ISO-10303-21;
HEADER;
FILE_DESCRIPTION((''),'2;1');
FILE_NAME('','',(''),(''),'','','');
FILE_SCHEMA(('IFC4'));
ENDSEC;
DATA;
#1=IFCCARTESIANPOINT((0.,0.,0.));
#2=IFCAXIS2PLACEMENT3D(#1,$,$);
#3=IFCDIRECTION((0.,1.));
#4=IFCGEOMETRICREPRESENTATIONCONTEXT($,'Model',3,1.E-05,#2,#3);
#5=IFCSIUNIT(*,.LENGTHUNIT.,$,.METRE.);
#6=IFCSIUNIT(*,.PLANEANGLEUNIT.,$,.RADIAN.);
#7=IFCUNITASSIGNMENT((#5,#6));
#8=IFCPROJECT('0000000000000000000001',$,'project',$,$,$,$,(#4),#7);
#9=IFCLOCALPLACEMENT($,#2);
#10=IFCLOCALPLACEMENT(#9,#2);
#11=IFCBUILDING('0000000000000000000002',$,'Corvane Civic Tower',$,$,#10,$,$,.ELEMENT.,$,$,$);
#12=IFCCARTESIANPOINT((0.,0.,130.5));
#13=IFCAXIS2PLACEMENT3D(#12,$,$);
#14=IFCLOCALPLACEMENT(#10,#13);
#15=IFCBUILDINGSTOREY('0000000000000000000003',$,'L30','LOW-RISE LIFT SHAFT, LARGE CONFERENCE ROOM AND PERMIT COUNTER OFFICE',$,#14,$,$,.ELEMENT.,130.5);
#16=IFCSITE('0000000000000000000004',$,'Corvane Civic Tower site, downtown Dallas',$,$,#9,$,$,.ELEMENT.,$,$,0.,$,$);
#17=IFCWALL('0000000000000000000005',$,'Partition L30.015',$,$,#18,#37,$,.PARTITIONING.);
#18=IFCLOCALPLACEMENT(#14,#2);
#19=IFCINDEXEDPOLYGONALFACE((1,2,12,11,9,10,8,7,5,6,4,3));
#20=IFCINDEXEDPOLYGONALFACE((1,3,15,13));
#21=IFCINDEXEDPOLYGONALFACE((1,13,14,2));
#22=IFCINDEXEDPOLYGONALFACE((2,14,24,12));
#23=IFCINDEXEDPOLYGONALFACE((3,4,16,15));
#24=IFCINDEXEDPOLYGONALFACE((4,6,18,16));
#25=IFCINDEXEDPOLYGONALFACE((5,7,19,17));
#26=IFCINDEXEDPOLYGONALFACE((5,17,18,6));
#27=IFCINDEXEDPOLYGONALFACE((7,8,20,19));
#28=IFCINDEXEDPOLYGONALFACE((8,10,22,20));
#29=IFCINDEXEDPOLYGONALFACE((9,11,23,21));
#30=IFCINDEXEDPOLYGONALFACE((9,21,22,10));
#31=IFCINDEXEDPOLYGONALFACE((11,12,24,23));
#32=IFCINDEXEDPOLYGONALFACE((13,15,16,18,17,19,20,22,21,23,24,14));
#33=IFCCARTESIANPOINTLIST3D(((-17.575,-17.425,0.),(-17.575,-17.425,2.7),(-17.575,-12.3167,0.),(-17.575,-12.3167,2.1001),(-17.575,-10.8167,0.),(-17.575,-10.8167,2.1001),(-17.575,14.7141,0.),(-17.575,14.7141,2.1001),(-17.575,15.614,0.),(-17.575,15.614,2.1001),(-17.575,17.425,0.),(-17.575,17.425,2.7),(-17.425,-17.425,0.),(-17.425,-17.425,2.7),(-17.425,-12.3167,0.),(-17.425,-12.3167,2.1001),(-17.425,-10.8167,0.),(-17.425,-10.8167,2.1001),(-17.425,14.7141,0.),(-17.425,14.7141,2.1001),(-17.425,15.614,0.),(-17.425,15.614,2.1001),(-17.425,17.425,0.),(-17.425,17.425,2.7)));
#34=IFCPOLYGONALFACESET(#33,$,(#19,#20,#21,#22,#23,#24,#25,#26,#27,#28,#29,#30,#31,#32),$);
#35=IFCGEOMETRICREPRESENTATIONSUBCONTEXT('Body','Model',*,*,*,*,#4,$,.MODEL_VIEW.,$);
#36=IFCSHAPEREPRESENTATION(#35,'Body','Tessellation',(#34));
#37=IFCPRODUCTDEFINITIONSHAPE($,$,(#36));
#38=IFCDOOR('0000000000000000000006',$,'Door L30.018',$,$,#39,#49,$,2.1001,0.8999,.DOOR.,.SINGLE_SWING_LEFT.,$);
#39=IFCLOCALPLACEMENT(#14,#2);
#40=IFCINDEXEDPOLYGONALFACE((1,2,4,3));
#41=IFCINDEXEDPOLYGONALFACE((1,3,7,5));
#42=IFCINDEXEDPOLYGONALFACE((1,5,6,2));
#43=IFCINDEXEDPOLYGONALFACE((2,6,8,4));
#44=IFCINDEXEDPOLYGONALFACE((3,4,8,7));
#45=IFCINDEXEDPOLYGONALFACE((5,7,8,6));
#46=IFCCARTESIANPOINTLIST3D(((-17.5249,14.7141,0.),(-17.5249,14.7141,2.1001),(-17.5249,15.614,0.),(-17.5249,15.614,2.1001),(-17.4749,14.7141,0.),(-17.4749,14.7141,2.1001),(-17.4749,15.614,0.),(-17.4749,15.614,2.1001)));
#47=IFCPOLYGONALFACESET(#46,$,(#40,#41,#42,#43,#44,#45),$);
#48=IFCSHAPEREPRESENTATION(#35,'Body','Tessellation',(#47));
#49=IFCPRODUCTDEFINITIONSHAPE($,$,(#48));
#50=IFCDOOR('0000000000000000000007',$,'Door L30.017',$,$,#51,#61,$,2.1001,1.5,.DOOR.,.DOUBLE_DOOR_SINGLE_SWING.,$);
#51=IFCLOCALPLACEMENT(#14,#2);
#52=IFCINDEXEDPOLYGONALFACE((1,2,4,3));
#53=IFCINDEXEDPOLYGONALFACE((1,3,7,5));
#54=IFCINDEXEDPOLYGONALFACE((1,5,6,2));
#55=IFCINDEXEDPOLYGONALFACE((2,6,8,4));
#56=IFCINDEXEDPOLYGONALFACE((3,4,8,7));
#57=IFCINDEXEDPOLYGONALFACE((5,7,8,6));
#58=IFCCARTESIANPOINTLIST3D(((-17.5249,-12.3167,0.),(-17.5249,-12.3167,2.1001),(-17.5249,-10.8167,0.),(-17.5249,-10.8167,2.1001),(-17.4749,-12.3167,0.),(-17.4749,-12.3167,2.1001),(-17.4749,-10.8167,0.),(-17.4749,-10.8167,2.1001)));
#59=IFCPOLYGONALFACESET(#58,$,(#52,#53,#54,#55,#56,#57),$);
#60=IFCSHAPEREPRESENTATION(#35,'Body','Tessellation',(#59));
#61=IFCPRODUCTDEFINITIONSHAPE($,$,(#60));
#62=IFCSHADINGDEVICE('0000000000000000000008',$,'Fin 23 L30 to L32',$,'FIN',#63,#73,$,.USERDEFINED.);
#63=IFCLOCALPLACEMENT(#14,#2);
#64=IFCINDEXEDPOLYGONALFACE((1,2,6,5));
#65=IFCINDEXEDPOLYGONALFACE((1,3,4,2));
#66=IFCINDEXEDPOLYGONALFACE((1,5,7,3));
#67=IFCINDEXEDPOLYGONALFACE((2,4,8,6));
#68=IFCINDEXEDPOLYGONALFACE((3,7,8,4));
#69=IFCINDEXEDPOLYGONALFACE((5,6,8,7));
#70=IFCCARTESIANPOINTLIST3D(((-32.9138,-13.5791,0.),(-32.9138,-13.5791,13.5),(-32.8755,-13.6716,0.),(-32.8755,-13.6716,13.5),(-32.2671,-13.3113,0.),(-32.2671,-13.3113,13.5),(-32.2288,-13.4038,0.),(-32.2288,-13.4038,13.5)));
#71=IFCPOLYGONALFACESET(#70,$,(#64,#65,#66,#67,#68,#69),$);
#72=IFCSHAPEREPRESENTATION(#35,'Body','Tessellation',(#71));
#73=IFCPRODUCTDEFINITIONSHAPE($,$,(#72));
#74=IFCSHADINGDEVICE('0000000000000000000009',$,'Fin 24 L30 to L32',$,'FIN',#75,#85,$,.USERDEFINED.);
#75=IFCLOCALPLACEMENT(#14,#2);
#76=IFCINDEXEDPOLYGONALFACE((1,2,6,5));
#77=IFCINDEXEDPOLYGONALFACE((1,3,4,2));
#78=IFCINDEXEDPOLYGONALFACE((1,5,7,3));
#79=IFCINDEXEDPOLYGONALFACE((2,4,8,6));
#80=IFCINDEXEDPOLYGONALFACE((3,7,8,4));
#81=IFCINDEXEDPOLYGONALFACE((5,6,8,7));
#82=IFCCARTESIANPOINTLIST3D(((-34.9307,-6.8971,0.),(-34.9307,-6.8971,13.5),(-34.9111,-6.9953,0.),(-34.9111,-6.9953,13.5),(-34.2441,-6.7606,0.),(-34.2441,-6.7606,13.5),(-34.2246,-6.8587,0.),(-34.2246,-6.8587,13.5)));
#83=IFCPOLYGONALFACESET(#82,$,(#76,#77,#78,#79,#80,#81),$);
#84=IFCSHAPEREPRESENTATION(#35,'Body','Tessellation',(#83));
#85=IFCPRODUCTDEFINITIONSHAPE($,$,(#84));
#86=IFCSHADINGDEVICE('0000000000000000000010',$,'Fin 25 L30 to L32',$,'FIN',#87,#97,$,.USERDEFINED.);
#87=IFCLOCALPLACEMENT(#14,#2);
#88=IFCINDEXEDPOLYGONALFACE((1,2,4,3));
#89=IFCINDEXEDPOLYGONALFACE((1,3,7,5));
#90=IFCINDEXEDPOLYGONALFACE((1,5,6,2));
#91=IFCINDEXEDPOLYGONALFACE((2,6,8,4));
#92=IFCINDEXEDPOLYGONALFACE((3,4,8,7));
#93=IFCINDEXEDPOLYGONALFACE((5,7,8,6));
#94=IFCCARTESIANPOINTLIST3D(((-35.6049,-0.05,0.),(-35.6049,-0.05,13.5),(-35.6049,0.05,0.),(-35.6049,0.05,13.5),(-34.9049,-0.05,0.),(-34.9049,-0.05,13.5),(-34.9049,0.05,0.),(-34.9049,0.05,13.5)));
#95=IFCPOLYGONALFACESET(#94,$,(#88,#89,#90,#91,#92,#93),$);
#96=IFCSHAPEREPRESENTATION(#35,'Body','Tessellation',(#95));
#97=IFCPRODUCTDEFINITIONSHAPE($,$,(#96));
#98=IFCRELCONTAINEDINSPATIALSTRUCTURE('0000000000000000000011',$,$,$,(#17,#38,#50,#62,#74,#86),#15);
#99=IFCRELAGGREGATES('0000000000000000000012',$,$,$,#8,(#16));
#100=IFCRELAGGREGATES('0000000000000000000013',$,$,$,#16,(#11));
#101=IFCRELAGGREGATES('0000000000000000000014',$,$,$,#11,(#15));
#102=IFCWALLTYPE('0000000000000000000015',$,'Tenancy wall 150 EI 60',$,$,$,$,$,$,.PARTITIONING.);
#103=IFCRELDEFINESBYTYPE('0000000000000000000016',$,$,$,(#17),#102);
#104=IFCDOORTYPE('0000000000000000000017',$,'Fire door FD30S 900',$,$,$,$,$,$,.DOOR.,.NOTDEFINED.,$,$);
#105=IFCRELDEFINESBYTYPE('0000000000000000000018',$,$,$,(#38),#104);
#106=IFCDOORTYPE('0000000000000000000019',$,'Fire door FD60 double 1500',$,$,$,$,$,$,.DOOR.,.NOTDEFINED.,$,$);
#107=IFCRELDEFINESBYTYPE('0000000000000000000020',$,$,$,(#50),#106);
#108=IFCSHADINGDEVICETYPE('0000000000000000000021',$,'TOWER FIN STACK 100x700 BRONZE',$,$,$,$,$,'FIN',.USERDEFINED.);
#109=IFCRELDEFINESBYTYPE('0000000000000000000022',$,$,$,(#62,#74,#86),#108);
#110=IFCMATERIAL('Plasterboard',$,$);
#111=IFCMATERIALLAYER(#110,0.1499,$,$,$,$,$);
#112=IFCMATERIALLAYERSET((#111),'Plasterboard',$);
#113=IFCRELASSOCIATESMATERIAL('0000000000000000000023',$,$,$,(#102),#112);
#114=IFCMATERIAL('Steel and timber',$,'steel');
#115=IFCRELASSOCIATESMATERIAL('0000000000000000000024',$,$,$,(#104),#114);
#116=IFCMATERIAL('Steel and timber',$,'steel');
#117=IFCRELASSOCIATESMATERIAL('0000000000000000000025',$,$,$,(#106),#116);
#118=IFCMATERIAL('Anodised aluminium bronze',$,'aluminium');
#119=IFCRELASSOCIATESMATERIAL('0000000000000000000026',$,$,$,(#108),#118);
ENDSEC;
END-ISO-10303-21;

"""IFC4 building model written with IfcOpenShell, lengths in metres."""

from ifc_helpers import new_model, si_unit, direction, frame, frame_2d, origin, origin_2d, place, context, subcontext, project, spatial, rectangle, extrude, material, layer, layer_set, material_profile, profile_set, type_object, element, fill, save


model = new_model("IFC4")

# Units and contexts
model_context = context("Model", 3, precision=1e-05, world=origin(), true_north=direction((0.0, 1.0)))
body_context = subcontext(model_context, "Body", "Model", "MODEL_VIEW")
ifc_project = project(units=[si_unit("LENGTHUNIT", "METRE"), si_unit("PLANEANGLEUNIT", "RADIAN")], contexts=[model_context])

# Site, building, storey
site_placement = place(None, origin())
site = spatial("IfcSite", under=ifc_project, at=site_placement, Name="Corvane Civic Tower site, downtown Dallas", CompositionType="ELEMENT", RefElevation=0.0)
building_placement = place(site_placement, origin())
building = spatial("IfcBuilding", under=site, at=building_placement, Name="Corvane Civic Tower", CompositionType="ELEMENT")
storey_placement = place(building_placement, frame((0.0, 0.0, 130.5)))
storey = spatial("IfcBuildingStorey", under=building, at=storey_placement, Name="L30", Description="LOW-RISE LIFT SHAFT, LARGE CONFERENCE ROOM AND PERMIT COUNTER OFFICE", CompositionType="ELEMENT", Elevation=130.5)

# Wall, openings, doors
ifc_material_1 = material(Name="Plasterboard")
ifc_layer_1 = layer(ifc_material_1, 0.1499)
ifc_layer_set_1 = layer_set([ifc_layer_1], Name="Plasterboard")
wall_type_1 = type_object("IfcWallType", Name="Tenancy wall 150 EI 60", PredefinedType="PARTITIONING", material=ifc_layer_set_1)
ifc_material_2 = material(Name="Steel and timber", Category="steel")
door_type_1 = type_object("IfcDoorType", Name="Fire door FD30S 900", OperationType="NOTDEFINED", PredefinedType="DOOR", material=ifc_material_2)
ifc_material_3 = material(Name="Steel and timber", Category="steel")
door_type_2 = type_object("IfcDoorType", Name="Fire door FD60 double 1500", OperationType="NOTDEFINED", PredefinedType="DOOR", material=ifc_material_3)
wall_1_placement = place(storey_placement, frame((-17.5, -17.425, 0.0), z_axis=(0.0, 0.0, 1.0), x_axis=(0.0, 1.0, 0.0)))
wall_1 = element("IfcWall", 1, at=wall_1_placement, inside=storey, type_object=wall_type_1, Name="Partition L30.015", PredefinedType="PARTITIONING", context=body_context, shape_type="SweptSolid", body=[
    extrude(rectangle(XDim=34.8501, YDim=0.1499, at=frame_2d((17.425, 0.0))), origin(), (0.0, 0.0, 1.0), 2.7),
])
opening_1_placement = place(wall_1_placement, frame((5.1084, 0.0, 0.0)))
opening_1 = element("IfcOpeningElement", 2, at=opening_1_placement, cuts=wall_1, PredefinedType="OPENING", context=body_context, shape_type="SweptSolid", body=[
    extrude(rectangle(XDim=1.5, YDim=2.1001, at=frame_2d((0.75, 1.05))), frame((0.0, 0.085, 0.0), z_axis=(0.0, -1.0, 0.0), x_axis=(1.0, 0.0, 0.0)), (0.0, 0.0, 1.0), 0.1699),
])
opening_2_placement = place(wall_1_placement, frame((32.1392, 0.0, 0.0)))
opening_2 = element("IfcOpeningElement", 3, at=opening_2_placement, cuts=wall_1, PredefinedType="OPENING", context=body_context, shape_type="SweptSolid", body=[
    extrude(rectangle(XDim=0.8999, YDim=2.1001, at=frame_2d((0.45, 1.05))), frame((0.0, 0.085, 0.0), z_axis=(0.0, -1.0, 0.0), x_axis=(1.0, 0.0, 0.0)), (0.0, 0.0, 1.0), 0.1699),
])
door_1_placement = place(opening_2_placement, origin())
door_1 = element("IfcDoor", 4, at=door_1_placement, inside=storey, type_object=door_type_1, Name="Door L30.018", OperationType="SINGLE_SWING_LEFT", OverallHeight=2.1001, OverallWidth=0.8999, PredefinedType="DOOR", context=body_context, shape_type="SweptSolid", body=[
    extrude(rectangle(XDim=0.8999, YDim=2.1001, at=frame_2d((0.45, 1.05))), frame((0.0, 0.0249, 0.0), z_axis=(0.0, -1.0, 0.0), x_axis=(1.0, 0.0, 0.0)), (0.0, 0.0, 1.0), 0.05),
])
fill(opening_2, door_1)
door_2_placement = place(opening_1_placement, origin())
door_2 = element("IfcDoor", 5, at=door_2_placement, inside=storey, type_object=door_type_2, Name="Door L30.017", OperationType="DOUBLE_DOOR_SINGLE_SWING", OverallHeight=2.1001, OverallWidth=1.5, PredefinedType="DOOR", context=body_context, shape_type="SweptSolid", body=[
    extrude(rectangle(XDim=1.5, YDim=2.1001, at=frame_2d((0.75, 1.05))), frame((0.0, 0.0249, 0.0), z_axis=(0.0, -1.0, 0.0), x_axis=(1.0, 0.0, 0.0)), (0.0, 0.0, 1.0), 0.05),
])
fill(opening_1, door_2)

# Shading devices
ifc_material_4 = material(Name="Anodised aluminium bronze", Category="aluminium")
ifc_material_profile_1 = material_profile(ifc_material_4, rectangle(XDim=0.1001, YDim=0.7, at=origin_2d()), Name="TOWER FIN STACK 100x700 BRONZE")
ifc_profile_set_1 = profile_set([ifc_material_profile_1], Name="Anodised aluminium bronze")
shading_device_type = type_object("IfcShadingDeviceType", Name="TOWER FIN STACK 100x700 BRONZE", ElementType="FIN", PredefinedType="USERDEFINED", material=ifc_profile_set_1)
for number, where, z_axis, x_axis, name in (
    (6, (-32.5713, -13.4915, 0.0), (0.0, 0.0, 1.0), (-0.382683, 0.92388, 0.0), "Fin 23 L30 to L32"),
    (7, (-34.5776, -6.8779, 0.0), (0.0, 0.0, 1.0), (-0.19509, 0.980785, 0.0), "Fin 24 L30 to L32"),
    (8, (-35.2549, 0.0, 0.0), (0.0, 0.0, 1.0), (0.0, 1.0, 0.0), "Fin 25 L30 to L32"),
):
    element("IfcShadingDevice", number, at=place(storey_placement, frame(where, z_axis=z_axis, x_axis=x_axis)), inside=storey, type_object=shading_device_type, Name=name, ObjectType="FIN", PredefinedType="USERDEFINED", context=body_context, shape_type="SweptSolid", body=[
        extrude(rectangle(XDim=0.1001, YDim=0.7, at=origin_2d()), origin(), (0.0, 0.0, 1.0), 13.5),
    ])

save(model, "model.ifc")
